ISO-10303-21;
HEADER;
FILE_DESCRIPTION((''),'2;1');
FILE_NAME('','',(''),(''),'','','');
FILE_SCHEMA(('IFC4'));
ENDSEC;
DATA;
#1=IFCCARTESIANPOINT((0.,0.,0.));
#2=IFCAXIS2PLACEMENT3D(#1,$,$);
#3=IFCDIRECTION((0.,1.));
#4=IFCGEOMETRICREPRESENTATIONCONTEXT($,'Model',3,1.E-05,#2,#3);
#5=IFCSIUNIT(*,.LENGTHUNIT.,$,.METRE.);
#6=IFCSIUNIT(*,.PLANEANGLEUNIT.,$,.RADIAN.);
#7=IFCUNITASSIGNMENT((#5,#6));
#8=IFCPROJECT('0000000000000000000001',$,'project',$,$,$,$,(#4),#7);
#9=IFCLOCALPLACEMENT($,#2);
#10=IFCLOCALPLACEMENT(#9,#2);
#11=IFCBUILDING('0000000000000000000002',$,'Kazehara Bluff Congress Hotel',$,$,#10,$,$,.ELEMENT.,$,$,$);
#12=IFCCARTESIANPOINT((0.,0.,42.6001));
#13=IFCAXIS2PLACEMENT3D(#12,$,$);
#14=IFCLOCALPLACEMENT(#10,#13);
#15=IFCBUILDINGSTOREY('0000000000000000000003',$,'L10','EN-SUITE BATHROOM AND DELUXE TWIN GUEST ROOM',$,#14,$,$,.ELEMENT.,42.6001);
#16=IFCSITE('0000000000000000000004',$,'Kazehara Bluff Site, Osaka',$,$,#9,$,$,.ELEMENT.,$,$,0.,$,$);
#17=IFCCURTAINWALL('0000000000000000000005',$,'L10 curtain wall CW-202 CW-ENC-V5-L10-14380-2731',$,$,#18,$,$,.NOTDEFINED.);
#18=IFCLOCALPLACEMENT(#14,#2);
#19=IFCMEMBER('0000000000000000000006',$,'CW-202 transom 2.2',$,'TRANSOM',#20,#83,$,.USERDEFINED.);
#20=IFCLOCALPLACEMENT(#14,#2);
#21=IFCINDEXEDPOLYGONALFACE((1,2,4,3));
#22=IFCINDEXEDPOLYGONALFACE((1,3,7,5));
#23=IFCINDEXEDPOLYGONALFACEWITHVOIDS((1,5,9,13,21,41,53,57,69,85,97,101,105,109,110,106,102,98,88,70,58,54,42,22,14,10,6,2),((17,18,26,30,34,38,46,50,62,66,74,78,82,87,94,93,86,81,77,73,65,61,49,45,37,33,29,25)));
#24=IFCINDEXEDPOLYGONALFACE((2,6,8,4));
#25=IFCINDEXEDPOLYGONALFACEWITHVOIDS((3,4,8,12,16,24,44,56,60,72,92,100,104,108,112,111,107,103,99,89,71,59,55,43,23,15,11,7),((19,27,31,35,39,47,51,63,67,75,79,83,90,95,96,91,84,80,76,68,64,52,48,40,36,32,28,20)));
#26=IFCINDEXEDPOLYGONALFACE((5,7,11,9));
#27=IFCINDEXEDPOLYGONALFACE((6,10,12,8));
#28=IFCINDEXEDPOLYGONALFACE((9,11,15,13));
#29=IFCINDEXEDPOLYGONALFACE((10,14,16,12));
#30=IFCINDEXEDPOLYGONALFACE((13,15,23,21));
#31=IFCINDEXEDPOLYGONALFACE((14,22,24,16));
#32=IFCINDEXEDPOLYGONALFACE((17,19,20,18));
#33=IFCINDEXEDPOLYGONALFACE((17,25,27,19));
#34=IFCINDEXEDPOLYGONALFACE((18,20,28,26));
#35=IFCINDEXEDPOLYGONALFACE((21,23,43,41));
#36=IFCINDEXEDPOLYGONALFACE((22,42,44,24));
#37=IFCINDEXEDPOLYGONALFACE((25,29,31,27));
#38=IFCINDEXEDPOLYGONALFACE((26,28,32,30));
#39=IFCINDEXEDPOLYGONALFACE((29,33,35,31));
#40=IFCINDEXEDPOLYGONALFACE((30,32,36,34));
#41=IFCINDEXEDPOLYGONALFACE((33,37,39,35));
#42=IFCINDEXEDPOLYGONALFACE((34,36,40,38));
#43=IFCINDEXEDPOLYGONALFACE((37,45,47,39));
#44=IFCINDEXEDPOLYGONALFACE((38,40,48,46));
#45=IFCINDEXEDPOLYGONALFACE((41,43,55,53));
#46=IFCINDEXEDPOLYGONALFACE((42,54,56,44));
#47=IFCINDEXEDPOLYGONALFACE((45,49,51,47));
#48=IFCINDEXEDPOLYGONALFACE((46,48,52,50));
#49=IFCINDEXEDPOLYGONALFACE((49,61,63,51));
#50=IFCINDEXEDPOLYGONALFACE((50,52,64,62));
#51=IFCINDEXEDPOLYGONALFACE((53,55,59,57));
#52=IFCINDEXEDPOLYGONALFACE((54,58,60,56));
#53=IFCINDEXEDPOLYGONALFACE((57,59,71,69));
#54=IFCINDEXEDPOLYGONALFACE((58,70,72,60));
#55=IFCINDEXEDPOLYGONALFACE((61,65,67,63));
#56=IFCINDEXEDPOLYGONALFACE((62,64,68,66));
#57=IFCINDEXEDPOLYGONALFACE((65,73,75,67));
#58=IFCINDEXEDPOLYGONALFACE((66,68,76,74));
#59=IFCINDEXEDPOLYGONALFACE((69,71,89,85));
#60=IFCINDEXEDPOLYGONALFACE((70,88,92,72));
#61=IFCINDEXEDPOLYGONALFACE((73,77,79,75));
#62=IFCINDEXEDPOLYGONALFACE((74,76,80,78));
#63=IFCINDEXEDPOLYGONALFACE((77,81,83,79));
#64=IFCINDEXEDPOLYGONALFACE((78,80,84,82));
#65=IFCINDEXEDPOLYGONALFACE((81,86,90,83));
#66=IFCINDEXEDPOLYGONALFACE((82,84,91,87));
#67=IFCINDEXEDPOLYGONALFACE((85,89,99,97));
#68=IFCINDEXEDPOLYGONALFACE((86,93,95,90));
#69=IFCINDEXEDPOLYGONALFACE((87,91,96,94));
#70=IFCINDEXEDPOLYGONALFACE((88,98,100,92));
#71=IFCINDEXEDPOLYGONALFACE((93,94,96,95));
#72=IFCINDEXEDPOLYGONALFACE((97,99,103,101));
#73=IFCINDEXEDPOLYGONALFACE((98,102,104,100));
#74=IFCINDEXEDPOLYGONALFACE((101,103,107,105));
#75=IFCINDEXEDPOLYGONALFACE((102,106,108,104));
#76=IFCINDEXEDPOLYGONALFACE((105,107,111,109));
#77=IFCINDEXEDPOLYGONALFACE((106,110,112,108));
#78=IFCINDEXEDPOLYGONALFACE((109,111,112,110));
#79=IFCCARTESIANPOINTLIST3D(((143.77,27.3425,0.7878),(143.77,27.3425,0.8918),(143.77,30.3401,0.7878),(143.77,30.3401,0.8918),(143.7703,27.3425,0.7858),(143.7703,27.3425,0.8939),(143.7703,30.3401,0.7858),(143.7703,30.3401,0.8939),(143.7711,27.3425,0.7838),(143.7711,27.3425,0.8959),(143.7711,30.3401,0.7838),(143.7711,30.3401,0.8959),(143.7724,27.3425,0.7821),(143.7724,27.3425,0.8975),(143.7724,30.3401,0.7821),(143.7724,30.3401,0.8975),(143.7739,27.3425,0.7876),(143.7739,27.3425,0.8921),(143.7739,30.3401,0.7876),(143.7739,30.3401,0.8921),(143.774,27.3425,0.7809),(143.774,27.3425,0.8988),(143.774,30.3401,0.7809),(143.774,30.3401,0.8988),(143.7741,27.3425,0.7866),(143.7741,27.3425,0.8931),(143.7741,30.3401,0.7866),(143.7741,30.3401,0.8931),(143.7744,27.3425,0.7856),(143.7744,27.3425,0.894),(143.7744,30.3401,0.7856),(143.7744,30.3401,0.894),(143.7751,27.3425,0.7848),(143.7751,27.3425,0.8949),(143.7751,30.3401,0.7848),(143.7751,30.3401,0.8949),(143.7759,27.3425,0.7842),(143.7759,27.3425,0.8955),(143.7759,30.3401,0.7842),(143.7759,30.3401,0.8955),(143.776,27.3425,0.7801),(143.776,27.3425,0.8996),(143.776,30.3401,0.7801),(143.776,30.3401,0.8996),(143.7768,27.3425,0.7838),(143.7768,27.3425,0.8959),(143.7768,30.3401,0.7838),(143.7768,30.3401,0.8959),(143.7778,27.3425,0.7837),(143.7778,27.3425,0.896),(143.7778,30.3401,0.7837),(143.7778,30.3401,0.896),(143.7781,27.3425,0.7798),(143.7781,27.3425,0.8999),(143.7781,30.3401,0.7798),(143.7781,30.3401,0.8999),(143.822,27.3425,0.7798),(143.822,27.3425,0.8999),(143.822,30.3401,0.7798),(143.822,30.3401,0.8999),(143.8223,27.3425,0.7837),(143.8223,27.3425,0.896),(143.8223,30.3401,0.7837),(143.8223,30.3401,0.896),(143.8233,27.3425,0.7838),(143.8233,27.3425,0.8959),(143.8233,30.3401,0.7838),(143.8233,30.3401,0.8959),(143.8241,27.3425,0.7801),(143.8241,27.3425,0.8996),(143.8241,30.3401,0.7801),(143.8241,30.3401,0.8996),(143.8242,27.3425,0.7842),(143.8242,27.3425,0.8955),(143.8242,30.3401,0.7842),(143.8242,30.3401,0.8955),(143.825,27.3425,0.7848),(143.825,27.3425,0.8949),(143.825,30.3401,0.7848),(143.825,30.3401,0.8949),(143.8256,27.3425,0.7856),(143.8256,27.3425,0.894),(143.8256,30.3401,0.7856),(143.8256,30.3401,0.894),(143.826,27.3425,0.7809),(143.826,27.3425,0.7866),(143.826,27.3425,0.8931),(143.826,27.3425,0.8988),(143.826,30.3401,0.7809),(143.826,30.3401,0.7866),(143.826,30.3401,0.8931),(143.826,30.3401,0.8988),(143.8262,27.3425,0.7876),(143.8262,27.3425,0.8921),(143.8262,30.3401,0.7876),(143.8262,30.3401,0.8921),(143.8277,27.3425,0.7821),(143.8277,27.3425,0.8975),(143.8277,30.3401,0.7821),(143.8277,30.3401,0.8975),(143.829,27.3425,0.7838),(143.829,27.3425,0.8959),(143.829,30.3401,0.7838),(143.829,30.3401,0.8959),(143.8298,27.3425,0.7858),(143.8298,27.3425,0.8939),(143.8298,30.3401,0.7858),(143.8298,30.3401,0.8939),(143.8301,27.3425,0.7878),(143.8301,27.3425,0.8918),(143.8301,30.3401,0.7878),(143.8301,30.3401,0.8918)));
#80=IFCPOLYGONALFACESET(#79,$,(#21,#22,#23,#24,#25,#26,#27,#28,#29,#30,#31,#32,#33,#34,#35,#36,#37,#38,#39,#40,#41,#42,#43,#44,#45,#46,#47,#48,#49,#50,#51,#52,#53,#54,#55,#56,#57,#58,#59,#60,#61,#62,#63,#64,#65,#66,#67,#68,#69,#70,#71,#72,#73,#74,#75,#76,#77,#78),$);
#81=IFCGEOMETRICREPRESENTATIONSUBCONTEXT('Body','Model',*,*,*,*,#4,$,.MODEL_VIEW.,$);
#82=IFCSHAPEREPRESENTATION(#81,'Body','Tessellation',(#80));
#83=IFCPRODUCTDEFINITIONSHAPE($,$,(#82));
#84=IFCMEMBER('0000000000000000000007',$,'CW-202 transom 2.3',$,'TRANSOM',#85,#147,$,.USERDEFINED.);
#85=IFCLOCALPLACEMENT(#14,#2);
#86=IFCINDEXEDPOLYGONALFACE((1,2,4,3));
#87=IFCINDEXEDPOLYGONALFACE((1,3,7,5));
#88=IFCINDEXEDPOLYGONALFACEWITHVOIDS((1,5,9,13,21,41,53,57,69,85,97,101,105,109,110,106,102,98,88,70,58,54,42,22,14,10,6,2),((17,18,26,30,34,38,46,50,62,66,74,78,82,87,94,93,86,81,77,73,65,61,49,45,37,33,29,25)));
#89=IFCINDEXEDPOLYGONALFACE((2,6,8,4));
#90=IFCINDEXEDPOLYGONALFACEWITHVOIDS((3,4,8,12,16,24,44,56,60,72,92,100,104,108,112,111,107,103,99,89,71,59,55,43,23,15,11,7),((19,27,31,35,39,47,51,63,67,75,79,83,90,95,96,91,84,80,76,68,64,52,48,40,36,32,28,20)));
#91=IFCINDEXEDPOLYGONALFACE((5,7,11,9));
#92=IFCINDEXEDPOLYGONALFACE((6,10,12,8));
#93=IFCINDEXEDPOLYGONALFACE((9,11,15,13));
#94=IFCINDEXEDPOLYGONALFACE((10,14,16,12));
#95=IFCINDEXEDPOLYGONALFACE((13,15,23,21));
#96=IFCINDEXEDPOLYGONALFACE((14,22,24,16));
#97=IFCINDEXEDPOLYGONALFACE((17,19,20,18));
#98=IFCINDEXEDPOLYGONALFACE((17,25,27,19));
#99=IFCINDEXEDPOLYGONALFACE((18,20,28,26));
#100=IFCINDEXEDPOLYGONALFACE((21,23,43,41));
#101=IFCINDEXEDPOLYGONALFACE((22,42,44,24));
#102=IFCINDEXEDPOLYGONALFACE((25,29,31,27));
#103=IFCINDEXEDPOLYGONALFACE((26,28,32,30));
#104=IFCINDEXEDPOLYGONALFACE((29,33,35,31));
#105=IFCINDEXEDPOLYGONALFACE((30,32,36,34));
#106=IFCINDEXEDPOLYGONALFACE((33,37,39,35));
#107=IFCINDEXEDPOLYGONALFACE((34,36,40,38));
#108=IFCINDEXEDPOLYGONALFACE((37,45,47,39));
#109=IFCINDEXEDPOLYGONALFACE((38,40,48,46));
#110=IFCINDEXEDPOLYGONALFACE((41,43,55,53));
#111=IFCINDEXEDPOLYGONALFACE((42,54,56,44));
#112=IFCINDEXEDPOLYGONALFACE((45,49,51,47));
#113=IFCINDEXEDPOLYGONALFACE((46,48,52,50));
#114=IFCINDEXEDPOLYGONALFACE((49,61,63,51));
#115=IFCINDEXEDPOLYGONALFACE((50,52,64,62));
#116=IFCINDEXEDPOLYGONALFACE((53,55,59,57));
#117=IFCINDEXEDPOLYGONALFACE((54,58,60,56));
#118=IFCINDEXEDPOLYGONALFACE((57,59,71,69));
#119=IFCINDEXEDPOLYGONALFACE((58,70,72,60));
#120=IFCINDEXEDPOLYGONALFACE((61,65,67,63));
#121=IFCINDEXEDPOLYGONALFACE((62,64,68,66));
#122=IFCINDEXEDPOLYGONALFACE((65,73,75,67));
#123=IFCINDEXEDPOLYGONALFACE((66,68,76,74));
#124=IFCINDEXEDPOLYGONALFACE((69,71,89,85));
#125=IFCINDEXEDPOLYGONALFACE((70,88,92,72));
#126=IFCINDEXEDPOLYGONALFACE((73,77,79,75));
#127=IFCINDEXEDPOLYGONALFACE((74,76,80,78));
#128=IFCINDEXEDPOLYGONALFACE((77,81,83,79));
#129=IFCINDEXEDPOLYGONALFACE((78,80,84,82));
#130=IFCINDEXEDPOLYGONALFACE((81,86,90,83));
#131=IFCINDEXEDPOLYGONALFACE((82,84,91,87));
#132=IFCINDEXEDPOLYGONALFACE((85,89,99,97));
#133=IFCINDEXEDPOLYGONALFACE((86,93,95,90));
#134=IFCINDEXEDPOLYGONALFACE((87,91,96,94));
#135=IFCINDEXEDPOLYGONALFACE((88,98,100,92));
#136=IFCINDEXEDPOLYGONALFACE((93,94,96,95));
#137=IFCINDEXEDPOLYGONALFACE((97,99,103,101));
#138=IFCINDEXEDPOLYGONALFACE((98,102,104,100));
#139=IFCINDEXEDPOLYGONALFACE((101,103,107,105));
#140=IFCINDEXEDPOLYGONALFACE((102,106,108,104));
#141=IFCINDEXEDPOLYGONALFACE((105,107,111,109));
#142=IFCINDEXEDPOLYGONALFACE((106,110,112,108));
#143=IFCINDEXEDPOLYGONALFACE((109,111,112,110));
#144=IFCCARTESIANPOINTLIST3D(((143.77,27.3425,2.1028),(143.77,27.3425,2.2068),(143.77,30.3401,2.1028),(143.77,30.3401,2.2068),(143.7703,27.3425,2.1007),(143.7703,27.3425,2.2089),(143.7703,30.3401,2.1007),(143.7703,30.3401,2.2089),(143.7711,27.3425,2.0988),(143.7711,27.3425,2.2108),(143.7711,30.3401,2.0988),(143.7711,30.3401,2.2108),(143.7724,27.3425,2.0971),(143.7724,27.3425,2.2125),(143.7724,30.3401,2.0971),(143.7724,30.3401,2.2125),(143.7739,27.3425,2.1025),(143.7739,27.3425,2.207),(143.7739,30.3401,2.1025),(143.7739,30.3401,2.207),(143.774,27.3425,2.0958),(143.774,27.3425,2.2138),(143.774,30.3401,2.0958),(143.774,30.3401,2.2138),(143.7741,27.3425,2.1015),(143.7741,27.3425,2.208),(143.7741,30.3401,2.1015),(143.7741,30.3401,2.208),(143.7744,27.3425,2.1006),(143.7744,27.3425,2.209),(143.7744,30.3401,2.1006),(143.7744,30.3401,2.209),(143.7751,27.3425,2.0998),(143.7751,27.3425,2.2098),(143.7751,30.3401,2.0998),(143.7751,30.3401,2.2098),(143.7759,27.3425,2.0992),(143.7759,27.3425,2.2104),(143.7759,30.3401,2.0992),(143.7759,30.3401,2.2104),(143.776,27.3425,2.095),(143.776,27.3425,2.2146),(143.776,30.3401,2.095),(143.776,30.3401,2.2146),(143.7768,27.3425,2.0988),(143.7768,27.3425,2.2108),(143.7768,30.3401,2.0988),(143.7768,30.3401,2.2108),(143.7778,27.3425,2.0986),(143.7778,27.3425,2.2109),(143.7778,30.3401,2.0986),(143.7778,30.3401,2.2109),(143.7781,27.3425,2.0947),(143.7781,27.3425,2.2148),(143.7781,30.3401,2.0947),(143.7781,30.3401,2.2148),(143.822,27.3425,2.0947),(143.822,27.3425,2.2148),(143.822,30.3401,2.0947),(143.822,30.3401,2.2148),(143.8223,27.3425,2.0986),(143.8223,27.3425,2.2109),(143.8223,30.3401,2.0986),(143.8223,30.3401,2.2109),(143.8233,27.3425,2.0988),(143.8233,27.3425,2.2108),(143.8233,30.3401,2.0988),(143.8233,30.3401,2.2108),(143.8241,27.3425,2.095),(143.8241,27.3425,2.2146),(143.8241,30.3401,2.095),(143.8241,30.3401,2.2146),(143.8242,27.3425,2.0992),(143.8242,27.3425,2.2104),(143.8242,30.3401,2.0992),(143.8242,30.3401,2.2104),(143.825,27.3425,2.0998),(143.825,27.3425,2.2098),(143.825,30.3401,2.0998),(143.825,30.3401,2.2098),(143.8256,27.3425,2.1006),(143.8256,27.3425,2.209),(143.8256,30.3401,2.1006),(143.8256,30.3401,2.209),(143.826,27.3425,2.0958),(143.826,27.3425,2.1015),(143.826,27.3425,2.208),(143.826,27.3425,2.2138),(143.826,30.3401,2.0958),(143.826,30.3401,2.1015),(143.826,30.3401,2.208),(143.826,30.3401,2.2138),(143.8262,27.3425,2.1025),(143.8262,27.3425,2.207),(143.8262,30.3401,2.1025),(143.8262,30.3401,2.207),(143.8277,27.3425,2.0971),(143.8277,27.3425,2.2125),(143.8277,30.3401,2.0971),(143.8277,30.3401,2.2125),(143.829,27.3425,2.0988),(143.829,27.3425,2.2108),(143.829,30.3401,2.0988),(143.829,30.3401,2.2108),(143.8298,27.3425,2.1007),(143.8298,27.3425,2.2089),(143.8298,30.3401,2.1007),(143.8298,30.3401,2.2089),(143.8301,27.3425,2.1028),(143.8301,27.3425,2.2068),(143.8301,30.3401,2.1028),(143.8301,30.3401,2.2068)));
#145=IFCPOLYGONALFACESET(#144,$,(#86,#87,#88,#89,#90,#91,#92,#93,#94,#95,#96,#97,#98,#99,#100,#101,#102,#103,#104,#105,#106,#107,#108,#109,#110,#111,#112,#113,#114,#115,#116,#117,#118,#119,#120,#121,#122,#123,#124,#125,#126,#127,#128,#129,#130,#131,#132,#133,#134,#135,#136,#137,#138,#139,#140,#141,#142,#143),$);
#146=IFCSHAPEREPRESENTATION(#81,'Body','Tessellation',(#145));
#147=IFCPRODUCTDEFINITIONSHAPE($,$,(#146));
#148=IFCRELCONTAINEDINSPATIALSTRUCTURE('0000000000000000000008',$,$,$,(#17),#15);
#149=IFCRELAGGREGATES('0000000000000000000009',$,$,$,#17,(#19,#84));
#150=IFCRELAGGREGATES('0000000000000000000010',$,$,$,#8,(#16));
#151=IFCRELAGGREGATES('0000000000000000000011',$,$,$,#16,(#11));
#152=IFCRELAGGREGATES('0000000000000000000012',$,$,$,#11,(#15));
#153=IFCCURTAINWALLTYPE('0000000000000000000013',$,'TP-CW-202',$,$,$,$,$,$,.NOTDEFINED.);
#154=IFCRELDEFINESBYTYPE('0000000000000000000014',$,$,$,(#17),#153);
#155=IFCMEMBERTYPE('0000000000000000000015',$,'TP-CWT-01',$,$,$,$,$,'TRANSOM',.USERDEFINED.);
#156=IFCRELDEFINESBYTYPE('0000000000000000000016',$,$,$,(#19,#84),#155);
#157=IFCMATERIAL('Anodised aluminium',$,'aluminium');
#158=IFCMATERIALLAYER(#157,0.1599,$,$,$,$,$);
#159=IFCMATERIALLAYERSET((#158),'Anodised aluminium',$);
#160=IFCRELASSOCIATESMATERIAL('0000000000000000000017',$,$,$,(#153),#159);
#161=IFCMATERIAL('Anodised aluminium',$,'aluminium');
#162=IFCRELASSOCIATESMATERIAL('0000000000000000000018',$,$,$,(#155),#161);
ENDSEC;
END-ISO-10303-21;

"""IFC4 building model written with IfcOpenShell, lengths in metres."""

from ifc_helpers import new_model, si_unit, direction, frame, origin, origin_2d, place, context, subcontext, project, spatial, hollow_rectangle, extrude, material, layer, layer_set, material_profile, profile_set, type_object, element, aggregate, save


model = new_model("IFC4")

# Units and contexts
model_context = context("Model", 3, precision=1e-05, world=origin(), true_north=direction((0.0, 1.0)))
body_context = subcontext(model_context, "Body", "Model", "MODEL_VIEW")
ifc_project = project(units=[si_unit("LENGTHUNIT", "METRE"), si_unit("PLANEANGLEUNIT", "RADIAN")], contexts=[model_context])

# Site, building, storey
site_placement = place(None, origin())
site = spatial("IfcSite", under=ifc_project, at=site_placement, Name="Kazehara Bluff Site, Osaka", CompositionType="ELEMENT", RefElevation=0.0)
building_placement = place(site_placement, origin())
building = spatial("IfcBuilding", under=site, at=building_placement, Name="Kazehara Bluff Congress Hotel", CompositionType="ELEMENT")
storey_placement = place(building_placement, frame((0.0, 0.0, 42.6001)))
storey = spatial("IfcBuildingStorey", under=building, at=storey_placement, Name="L10", Description="EN-SUITE BATHROOM AND DELUXE TWIN GUEST ROOM", CompositionType="ELEMENT", Elevation=42.6001)

# Curtain wall, members
ifc_material_1 = material(Name="Anodised aluminium", Category="aluminium")
ifc_layer_1 = layer(ifc_material_1, 0.1599)
ifc_layer_set_1 = layer_set([ifc_layer_1], Name="Anodised aluminium")
curtain_wall_type_1 = type_object("IfcCurtainWallType", Name="TP-CW-202", PredefinedType="NOTDEFINED", material=ifc_layer_set_1)
curtain_wall_1_placement = place(storey_placement, origin())
curtain_wall_1 = element("IfcCurtainWall", 1, at=curtain_wall_1_placement, inside=storey, type_object=curtain_wall_type_1, Name="L10 curtain wall CW-202 CW-ENC-V5-L10-14380-2731", PredefinedType="NOTDEFINED")
ifc_material_2 = material(Name="Anodised aluminium", Category="aluminium")
ifc_material_profile_1 = material_profile(ifc_material_2, hollow_rectangle(XDim=0.0601, YDim=0.1201, WallThickness=0.0039, InnerFilletRadius=0.0039, OuterFilletRadius=0.0081, at=origin_2d()))
ifc_profile_set_1 = profile_set([ifc_material_profile_1], Name="Anodised aluminium")
member_type_1 = type_object("IfcMemberType", Name="TP-CWT-01", ElementType="TRANSOM", PredefinedType="USERDEFINED", material=ifc_profile_set_1)
member_1_placement = place(storey_placement, frame((143.8, 27.3425, 0.8398), z_axis=(0.0, 1.0, 0.0), x_axis=(-1.0, 0.0, 0.0)))
member_1 = element("IfcMember", 2, at=member_1_placement, type_object=member_type_1, Name="CW-202 transom 2.2", ObjectType="TRANSOM", PredefinedType="USERDEFINED", context=body_context, shape_type="SweptSolid", body=[
    extrude(hollow_rectangle(XDim=0.0601, YDim=0.1201, WallThickness=0.0039, InnerFilletRadius=0.0039, OuterFilletRadius=0.0081, at=origin_2d()), origin(), (0.0, 0.0, 1.0), 2.9976),
])
member_2_placement = place(storey_placement, frame((143.8, 27.3425, 2.1548), z_axis=(0.0, 1.0, 0.0), x_axis=(-1.0, 0.0, 0.0)))
member_2 = element("IfcMember", 3, at=member_2_placement, type_object=member_type_1, Name="CW-202 transom 2.3", ObjectType="TRANSOM", PredefinedType="USERDEFINED", context=body_context, shape_type="SweptSolid", body=[
    extrude(hollow_rectangle(XDim=0.0601, YDim=0.1201, WallThickness=0.0039, InnerFilletRadius=0.0039, OuterFilletRadius=0.0081, at=origin_2d()), origin(), (0.0, 0.0, 1.0), 2.9976),
])

aggregate(curtain_wall_1, [member_1, member_2])

save(model, "model.ifc")
